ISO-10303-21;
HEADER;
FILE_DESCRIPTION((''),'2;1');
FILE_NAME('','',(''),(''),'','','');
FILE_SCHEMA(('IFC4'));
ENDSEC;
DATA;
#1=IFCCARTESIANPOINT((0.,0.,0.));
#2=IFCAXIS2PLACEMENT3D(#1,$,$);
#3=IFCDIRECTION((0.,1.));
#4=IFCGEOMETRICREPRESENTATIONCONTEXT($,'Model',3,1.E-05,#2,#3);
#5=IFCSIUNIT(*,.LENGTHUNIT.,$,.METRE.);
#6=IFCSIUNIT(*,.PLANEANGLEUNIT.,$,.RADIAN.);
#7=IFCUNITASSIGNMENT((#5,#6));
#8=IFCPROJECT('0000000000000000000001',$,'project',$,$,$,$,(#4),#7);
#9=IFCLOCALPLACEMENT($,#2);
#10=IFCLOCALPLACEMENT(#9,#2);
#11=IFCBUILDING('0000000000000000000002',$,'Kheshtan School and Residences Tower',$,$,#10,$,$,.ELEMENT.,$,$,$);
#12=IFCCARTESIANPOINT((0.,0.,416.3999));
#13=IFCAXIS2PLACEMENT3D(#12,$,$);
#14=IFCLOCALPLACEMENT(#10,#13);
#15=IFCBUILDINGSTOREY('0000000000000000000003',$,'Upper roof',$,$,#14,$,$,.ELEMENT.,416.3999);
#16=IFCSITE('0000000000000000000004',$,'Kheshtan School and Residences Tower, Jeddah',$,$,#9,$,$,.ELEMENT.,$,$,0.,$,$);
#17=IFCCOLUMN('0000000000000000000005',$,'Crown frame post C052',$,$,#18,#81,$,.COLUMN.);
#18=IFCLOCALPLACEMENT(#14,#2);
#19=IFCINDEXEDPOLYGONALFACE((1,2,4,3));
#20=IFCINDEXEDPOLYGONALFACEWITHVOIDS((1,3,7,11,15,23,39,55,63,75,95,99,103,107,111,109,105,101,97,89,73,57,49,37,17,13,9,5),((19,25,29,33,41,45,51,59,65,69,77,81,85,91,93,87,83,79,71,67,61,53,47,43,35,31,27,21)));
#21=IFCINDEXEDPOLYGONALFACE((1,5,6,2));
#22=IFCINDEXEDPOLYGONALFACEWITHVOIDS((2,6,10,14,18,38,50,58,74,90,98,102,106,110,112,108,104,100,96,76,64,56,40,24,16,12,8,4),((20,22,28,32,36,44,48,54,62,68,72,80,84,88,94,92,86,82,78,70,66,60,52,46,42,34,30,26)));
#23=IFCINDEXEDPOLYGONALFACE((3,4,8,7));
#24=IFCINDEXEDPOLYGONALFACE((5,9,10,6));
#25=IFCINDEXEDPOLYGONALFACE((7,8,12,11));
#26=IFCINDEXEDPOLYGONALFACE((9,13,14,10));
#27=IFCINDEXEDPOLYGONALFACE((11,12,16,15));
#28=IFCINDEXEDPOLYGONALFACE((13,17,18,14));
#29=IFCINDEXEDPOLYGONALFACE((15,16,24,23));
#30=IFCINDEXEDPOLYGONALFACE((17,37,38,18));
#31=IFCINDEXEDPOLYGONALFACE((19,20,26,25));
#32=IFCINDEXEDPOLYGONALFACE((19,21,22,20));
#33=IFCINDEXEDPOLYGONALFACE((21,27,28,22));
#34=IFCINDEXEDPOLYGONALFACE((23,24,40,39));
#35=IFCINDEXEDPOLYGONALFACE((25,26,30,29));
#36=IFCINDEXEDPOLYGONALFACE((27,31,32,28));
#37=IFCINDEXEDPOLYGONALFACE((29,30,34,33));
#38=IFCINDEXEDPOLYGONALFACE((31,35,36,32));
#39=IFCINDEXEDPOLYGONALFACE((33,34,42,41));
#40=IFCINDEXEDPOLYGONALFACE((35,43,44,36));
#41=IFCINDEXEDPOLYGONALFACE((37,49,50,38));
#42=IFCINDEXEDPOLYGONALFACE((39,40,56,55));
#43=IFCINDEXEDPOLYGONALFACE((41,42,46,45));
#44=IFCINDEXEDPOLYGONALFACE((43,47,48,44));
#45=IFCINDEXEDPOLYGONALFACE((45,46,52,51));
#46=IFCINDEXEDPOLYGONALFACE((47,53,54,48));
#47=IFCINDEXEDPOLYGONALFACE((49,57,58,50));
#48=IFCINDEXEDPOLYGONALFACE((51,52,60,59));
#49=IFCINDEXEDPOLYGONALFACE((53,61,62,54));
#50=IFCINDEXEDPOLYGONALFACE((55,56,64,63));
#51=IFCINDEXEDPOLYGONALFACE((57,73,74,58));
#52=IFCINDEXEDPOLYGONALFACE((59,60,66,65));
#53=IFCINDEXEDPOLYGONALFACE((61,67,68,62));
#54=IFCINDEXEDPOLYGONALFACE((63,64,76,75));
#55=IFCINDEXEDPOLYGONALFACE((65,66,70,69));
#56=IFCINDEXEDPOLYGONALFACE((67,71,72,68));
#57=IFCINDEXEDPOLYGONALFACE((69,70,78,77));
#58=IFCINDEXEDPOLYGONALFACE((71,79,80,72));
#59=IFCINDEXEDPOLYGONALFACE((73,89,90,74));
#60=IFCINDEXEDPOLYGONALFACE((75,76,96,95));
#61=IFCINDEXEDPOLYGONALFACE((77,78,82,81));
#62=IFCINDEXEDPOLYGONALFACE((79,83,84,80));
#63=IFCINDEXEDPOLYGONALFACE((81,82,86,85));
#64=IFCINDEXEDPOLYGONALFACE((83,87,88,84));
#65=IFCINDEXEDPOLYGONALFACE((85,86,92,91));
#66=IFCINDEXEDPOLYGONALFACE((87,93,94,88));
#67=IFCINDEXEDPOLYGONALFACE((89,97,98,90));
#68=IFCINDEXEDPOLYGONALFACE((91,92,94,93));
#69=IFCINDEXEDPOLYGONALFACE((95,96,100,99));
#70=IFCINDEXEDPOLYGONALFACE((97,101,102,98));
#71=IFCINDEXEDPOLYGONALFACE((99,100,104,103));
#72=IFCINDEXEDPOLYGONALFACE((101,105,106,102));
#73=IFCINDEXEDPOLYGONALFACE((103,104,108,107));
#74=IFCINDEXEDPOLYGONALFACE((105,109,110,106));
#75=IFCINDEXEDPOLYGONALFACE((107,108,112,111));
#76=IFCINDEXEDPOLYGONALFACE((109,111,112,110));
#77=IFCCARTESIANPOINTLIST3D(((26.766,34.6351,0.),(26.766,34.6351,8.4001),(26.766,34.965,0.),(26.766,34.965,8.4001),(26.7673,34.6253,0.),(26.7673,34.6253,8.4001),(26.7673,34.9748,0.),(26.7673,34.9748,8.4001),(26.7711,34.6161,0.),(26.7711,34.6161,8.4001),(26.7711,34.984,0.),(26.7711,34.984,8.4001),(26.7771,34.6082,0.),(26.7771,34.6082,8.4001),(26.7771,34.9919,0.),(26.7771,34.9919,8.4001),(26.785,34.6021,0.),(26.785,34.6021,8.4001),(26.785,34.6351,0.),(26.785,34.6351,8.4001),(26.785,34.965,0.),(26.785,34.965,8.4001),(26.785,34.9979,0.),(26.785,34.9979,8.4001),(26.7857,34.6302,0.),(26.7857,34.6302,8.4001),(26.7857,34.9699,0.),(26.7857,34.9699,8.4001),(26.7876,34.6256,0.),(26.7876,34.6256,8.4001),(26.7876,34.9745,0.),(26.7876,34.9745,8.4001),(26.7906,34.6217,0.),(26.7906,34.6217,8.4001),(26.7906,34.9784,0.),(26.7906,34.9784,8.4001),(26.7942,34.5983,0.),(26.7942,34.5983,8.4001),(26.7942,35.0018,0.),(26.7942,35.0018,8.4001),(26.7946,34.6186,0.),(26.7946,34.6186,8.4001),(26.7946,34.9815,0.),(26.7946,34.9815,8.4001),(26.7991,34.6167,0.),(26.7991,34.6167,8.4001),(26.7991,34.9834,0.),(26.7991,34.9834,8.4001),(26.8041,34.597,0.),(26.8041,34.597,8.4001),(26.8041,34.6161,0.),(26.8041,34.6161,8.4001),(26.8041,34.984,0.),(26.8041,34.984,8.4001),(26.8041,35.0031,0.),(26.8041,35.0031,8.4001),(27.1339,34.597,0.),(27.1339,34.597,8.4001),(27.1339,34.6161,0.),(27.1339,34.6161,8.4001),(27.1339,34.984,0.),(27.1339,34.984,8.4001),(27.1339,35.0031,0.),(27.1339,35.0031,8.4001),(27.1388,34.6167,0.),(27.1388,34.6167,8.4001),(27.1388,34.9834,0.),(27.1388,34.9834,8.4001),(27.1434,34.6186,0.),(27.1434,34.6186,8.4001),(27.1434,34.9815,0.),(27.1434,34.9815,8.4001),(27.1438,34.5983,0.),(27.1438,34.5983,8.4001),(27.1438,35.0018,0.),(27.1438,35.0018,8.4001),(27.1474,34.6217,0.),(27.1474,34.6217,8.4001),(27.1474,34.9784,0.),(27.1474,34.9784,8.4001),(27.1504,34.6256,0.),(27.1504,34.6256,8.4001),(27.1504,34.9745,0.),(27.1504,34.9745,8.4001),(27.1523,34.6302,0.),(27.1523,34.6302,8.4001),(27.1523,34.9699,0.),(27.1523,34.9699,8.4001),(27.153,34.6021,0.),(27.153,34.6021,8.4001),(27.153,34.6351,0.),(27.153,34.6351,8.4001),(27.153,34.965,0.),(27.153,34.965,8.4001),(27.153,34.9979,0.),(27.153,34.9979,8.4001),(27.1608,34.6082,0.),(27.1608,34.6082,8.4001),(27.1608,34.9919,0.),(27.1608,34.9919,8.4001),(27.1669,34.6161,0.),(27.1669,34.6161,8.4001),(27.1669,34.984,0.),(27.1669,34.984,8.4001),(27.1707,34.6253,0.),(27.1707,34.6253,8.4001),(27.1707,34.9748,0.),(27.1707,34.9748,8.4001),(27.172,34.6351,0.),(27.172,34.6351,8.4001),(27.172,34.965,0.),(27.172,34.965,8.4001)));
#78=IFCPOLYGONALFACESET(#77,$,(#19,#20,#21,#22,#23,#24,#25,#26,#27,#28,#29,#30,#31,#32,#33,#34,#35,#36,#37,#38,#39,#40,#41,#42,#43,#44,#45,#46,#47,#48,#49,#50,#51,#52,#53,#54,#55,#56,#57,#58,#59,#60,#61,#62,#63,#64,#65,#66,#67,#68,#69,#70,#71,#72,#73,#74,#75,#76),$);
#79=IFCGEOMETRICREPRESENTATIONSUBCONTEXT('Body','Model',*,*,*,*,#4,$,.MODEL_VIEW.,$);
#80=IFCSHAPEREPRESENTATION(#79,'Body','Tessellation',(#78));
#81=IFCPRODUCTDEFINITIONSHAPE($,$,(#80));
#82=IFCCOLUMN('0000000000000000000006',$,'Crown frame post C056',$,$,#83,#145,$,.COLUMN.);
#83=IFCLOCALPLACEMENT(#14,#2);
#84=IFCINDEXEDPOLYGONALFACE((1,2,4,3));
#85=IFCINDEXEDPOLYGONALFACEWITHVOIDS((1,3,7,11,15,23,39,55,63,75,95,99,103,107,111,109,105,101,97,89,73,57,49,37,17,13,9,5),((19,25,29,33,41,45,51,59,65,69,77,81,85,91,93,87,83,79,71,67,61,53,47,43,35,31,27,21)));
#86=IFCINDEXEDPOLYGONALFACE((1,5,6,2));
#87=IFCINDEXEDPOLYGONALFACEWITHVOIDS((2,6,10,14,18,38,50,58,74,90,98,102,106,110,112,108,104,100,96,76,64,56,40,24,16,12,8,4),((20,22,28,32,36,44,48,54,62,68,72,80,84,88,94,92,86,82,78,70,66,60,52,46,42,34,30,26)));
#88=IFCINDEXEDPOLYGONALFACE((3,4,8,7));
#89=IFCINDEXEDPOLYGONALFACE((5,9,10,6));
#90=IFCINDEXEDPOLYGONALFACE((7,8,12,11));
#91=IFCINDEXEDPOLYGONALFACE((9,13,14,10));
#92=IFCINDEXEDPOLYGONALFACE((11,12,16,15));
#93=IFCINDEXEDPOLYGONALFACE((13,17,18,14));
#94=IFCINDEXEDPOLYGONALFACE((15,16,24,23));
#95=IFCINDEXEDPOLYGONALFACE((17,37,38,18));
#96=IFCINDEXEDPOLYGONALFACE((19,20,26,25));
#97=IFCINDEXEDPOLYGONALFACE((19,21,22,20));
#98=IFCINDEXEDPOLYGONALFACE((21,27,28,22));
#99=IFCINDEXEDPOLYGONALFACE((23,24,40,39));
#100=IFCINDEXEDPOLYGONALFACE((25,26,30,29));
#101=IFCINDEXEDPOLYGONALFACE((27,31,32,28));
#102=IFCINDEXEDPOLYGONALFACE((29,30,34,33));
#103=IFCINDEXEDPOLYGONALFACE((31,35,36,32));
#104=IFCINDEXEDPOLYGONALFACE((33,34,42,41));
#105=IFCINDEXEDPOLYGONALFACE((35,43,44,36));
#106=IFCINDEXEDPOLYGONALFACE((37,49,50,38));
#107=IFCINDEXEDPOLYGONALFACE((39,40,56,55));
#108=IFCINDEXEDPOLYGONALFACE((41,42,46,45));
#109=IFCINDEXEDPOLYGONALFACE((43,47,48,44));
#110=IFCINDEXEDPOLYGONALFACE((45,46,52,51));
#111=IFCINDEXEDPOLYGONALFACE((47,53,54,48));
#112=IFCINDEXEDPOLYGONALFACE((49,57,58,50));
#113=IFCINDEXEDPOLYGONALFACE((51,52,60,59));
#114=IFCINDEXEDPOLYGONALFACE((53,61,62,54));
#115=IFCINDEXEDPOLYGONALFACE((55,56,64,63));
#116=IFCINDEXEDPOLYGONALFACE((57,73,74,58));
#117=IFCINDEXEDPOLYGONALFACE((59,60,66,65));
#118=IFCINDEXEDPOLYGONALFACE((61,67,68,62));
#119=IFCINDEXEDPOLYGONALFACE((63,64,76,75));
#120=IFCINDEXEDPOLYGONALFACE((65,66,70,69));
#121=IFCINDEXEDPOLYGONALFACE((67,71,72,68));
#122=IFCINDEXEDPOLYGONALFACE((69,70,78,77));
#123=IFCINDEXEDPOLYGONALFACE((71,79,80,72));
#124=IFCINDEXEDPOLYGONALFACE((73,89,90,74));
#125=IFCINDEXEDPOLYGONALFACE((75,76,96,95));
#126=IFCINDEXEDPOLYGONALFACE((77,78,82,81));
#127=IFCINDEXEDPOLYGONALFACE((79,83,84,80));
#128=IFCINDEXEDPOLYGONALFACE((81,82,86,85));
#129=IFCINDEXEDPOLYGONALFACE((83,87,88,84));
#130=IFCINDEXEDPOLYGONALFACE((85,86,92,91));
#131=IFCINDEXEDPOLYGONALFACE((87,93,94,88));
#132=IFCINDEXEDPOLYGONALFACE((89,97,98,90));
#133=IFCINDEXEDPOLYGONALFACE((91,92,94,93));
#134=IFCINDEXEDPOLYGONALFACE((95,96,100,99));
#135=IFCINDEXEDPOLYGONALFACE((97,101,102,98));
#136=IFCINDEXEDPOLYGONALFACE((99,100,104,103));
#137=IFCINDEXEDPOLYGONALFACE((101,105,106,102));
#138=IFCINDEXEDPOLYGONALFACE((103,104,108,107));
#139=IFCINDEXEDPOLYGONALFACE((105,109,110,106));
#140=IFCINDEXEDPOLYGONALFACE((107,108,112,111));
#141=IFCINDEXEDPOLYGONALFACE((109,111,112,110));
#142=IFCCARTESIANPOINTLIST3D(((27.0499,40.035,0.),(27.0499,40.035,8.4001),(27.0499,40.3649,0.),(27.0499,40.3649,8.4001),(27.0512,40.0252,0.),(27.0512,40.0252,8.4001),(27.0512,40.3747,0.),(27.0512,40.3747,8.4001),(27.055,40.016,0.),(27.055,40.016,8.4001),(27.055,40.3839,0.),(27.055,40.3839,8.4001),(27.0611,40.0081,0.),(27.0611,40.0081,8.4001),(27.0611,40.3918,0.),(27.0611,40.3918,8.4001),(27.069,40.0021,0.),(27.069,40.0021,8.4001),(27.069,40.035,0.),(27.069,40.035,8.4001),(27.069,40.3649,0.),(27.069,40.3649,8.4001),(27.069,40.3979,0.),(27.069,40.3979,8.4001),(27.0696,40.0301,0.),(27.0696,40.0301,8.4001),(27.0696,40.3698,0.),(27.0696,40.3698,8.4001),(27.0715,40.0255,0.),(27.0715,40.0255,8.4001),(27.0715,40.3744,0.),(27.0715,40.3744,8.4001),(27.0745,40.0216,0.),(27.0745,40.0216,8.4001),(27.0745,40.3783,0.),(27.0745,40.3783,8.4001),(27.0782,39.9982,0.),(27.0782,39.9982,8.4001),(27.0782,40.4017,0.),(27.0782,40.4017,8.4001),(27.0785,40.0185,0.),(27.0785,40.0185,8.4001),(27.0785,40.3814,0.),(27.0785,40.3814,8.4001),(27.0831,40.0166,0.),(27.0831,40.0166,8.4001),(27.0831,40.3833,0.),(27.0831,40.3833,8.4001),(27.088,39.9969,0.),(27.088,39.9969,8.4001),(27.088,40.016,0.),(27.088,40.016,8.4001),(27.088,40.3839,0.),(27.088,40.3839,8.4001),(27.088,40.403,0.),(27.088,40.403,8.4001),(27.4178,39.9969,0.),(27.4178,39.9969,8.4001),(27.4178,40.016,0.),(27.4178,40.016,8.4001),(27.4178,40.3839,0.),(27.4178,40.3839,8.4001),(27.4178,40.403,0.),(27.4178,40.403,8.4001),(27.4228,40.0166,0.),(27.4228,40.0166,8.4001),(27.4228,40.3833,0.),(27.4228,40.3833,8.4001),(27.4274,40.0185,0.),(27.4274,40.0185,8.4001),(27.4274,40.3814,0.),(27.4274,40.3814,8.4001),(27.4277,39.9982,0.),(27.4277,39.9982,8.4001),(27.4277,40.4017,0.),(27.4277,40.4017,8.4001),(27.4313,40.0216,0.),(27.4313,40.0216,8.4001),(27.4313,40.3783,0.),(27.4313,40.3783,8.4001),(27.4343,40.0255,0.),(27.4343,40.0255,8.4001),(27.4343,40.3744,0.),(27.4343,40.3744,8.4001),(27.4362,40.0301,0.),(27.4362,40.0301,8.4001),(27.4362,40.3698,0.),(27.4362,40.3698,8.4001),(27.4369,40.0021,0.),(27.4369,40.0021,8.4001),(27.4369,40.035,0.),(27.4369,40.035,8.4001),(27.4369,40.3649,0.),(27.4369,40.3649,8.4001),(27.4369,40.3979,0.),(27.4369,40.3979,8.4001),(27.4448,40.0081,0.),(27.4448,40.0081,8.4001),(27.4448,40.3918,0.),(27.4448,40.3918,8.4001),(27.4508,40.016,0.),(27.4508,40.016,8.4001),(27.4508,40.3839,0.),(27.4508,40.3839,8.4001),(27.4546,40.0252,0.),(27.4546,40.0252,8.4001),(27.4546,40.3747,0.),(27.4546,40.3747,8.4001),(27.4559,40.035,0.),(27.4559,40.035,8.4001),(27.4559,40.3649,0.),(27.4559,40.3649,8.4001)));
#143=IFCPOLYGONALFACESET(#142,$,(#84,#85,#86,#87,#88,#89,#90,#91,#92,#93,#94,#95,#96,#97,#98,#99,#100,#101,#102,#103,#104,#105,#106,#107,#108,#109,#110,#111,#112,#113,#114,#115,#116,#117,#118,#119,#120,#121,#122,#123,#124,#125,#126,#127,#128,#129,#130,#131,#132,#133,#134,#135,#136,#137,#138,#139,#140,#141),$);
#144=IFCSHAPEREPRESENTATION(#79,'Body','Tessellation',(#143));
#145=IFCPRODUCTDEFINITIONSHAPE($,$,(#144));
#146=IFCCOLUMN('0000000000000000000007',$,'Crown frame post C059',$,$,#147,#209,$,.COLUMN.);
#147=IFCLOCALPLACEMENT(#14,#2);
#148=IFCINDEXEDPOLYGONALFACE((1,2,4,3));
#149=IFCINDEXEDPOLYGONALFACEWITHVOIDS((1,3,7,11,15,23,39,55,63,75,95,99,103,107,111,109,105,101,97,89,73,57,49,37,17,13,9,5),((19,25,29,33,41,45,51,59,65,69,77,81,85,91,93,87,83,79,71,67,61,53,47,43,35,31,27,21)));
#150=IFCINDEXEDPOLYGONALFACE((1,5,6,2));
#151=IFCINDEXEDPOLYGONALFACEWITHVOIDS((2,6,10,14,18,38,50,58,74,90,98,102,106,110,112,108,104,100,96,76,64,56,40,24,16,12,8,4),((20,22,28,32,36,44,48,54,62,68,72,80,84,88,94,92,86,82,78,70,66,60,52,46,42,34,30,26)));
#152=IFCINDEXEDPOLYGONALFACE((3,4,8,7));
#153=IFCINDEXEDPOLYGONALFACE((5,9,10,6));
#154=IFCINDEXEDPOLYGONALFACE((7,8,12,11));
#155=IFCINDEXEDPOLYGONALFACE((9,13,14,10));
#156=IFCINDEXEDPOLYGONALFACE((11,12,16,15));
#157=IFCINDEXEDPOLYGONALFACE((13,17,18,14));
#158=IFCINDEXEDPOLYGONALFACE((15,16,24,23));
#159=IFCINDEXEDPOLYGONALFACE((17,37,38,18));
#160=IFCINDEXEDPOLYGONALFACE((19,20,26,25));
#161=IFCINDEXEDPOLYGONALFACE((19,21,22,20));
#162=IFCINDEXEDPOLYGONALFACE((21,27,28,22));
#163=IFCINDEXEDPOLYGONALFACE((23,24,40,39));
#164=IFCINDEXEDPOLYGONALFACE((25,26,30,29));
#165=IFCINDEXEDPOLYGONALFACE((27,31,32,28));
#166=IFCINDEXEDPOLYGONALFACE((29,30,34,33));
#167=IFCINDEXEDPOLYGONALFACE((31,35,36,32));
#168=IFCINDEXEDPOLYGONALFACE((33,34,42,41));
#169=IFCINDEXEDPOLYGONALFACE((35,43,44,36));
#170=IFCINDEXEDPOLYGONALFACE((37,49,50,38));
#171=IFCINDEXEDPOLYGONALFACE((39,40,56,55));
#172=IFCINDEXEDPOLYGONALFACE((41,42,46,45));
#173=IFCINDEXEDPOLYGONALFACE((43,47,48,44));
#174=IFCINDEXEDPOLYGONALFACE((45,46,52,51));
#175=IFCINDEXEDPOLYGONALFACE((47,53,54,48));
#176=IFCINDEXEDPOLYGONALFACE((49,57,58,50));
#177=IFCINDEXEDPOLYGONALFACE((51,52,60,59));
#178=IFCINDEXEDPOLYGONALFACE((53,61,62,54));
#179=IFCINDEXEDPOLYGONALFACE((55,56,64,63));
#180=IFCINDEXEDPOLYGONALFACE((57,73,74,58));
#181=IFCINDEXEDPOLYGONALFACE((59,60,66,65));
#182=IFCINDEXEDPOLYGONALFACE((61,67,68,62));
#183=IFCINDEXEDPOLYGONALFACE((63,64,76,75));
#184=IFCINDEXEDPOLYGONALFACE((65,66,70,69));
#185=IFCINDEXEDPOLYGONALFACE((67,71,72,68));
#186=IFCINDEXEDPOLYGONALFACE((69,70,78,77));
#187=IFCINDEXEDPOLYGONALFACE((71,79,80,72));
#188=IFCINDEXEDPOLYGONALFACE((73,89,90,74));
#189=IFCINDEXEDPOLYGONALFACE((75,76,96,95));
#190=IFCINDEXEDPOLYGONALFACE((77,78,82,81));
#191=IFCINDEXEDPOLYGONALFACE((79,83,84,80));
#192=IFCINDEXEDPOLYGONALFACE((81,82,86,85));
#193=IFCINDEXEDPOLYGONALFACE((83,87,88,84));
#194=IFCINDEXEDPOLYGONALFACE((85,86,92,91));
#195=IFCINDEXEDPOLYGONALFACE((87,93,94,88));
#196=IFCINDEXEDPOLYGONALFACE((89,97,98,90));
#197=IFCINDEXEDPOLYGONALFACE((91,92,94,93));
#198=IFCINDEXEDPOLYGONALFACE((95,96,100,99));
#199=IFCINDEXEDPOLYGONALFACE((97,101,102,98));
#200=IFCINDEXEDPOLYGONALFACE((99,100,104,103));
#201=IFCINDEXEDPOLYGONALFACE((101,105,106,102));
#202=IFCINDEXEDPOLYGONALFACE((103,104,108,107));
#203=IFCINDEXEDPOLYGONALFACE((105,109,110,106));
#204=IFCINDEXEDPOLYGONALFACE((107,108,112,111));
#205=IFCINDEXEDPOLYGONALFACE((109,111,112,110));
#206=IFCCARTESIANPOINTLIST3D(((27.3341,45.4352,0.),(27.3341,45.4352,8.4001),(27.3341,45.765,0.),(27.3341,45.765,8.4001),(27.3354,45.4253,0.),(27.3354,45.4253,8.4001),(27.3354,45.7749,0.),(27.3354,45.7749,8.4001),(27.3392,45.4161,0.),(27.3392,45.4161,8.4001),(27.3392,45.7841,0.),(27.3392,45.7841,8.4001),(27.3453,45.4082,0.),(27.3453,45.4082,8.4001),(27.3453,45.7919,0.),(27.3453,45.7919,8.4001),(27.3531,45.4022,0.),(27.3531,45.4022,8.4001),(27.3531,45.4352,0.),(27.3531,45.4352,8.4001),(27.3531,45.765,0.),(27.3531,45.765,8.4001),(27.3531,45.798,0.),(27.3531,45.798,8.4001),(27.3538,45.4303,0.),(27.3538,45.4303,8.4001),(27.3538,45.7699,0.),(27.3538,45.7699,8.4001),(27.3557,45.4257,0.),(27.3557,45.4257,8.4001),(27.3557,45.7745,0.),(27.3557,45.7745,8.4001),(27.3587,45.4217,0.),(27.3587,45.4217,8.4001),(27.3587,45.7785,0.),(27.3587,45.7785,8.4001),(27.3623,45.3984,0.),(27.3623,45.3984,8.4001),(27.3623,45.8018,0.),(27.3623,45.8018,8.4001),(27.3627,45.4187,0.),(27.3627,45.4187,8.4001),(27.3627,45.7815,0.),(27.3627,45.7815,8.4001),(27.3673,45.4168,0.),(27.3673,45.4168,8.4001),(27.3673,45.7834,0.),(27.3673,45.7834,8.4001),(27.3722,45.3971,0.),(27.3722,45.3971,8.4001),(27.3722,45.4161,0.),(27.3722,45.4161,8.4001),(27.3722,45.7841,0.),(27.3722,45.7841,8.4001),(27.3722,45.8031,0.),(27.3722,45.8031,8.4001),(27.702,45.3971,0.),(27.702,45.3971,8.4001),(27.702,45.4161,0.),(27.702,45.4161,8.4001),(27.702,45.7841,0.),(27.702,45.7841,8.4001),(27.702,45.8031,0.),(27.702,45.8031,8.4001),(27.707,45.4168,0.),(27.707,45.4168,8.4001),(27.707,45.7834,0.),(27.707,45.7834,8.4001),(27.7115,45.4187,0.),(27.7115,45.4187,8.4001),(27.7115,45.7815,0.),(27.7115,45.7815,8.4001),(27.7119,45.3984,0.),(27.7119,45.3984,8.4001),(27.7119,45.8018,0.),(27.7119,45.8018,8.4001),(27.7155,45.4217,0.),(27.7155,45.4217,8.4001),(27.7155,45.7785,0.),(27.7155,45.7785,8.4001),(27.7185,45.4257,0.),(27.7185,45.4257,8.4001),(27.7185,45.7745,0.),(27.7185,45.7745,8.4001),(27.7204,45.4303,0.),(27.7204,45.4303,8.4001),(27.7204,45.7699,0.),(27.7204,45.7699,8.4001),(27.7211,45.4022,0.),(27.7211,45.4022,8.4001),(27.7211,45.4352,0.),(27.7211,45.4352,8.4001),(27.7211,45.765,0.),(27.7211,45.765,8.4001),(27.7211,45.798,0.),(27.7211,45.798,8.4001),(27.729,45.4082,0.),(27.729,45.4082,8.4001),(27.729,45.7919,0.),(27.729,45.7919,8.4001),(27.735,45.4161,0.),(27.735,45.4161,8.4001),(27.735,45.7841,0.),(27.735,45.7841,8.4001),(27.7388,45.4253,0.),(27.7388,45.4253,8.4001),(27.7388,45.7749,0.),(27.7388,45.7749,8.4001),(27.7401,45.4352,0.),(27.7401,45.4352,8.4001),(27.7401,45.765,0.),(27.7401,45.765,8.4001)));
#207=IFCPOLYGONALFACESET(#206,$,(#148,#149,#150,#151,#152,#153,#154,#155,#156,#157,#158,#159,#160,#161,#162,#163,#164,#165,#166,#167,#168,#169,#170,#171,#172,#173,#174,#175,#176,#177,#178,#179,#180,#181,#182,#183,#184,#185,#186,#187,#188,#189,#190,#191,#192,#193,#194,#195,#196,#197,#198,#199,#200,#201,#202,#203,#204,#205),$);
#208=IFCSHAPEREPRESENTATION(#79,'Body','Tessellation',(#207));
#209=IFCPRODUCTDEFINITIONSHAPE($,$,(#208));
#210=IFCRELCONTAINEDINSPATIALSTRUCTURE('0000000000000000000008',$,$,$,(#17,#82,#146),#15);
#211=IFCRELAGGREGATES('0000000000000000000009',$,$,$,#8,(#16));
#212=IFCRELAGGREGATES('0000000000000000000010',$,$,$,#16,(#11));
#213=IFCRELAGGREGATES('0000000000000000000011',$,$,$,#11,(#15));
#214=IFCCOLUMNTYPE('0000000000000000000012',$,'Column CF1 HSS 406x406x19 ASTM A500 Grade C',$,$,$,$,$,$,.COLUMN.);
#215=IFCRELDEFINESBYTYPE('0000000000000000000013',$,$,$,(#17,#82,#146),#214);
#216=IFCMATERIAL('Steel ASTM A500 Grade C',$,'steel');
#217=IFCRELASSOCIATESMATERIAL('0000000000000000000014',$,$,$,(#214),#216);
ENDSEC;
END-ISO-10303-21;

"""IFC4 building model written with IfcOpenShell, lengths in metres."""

from ifc_helpers import new_model, si_unit, direction, frame, origin, origin_2d, place, context, subcontext, project, spatial, hollow_rectangle, extrude, material, material_profile, profile_set, type_object, element, save


model = new_model("IFC4")

# Units and contexts
model_context = context("Model", 3, precision=1e-05, world=origin(), true_north=direction((0.0, 1.0)))
body_context = subcontext(model_context, "Body", "Model", "MODEL_VIEW")
ifc_project = project(units=[si_unit("LENGTHUNIT", "METRE"), si_unit("PLANEANGLEUNIT", "RADIAN")], contexts=[model_context])

# Site, building, storey
site_placement = place(None, origin())
site = spatial("IfcSite", under=ifc_project, at=site_placement, Name="Kheshtan School and Residences Tower, Jeddah", CompositionType="ELEMENT", RefElevation=0.0)
building_placement = place(site_placement, origin())
building = spatial("IfcBuilding", under=site, at=building_placement, Name="Kheshtan School and Residences Tower", CompositionType="ELEMENT")
storey_placement = place(building_placement, frame((0.0, 0.0, 416.3999)))
storey = spatial("IfcBuildingStorey", under=building, at=storey_placement, Name="Upper roof", CompositionType="ELEMENT", Elevation=416.3999)

# Columns
ifc_material_1 = material(Name="Steel ASTM A500 Grade C", Category="steel")
ifc_material_profile = material_profile(ifc_material_1, hollow_rectangle(XDim=0.406, YDim=0.406, WallThickness=0.019, InnerFilletRadius=0.019, OuterFilletRadius=0.0381, at=origin_2d()), Name="HSS 406x406x19")
ifc_profile_set = profile_set([ifc_material_profile], Name="Steel ASTM A500 Grade C")
column_type = type_object("IfcColumnType", Name="Column CF1 HSS 406x406x19 ASTM A500 Grade C", PredefinedType="COLUMN", material=ifc_profile_set)
for number, where, z_axis, x_axis, name in (
    (1, (26.969, 34.8, 0.0), (0.0, 0.0, 1.0), (1.0, 0.0, 0.0), "Crown frame post C052"),
    (2, (27.2529, 40.2, 0.0), (0.0, 0.0, 1.0), (1.0, 0.0, 0.0), "Crown frame post C056"),
    (3, (27.5371, 45.6001, 0.0), (0.0, 0.0, 1.0), (1.0, 0.0, 0.0), "Crown frame post C059"),
):
    element("IfcColumn", number, at=place(storey_placement, frame(where, z_axis=z_axis, x_axis=x_axis)), inside=storey, type_object=column_type, Name=name, PredefinedType="COLUMN", context=body_context, shape_type="SweptSolid", body=[
        extrude(hollow_rectangle(XDim=0.406, YDim=0.406, WallThickness=0.019, InnerFilletRadius=0.019, OuterFilletRadius=0.0381, at=origin_2d()), origin(), (0.0, 0.0, 1.0), 8.4001),
    ])

save(model, "model.ifc")
